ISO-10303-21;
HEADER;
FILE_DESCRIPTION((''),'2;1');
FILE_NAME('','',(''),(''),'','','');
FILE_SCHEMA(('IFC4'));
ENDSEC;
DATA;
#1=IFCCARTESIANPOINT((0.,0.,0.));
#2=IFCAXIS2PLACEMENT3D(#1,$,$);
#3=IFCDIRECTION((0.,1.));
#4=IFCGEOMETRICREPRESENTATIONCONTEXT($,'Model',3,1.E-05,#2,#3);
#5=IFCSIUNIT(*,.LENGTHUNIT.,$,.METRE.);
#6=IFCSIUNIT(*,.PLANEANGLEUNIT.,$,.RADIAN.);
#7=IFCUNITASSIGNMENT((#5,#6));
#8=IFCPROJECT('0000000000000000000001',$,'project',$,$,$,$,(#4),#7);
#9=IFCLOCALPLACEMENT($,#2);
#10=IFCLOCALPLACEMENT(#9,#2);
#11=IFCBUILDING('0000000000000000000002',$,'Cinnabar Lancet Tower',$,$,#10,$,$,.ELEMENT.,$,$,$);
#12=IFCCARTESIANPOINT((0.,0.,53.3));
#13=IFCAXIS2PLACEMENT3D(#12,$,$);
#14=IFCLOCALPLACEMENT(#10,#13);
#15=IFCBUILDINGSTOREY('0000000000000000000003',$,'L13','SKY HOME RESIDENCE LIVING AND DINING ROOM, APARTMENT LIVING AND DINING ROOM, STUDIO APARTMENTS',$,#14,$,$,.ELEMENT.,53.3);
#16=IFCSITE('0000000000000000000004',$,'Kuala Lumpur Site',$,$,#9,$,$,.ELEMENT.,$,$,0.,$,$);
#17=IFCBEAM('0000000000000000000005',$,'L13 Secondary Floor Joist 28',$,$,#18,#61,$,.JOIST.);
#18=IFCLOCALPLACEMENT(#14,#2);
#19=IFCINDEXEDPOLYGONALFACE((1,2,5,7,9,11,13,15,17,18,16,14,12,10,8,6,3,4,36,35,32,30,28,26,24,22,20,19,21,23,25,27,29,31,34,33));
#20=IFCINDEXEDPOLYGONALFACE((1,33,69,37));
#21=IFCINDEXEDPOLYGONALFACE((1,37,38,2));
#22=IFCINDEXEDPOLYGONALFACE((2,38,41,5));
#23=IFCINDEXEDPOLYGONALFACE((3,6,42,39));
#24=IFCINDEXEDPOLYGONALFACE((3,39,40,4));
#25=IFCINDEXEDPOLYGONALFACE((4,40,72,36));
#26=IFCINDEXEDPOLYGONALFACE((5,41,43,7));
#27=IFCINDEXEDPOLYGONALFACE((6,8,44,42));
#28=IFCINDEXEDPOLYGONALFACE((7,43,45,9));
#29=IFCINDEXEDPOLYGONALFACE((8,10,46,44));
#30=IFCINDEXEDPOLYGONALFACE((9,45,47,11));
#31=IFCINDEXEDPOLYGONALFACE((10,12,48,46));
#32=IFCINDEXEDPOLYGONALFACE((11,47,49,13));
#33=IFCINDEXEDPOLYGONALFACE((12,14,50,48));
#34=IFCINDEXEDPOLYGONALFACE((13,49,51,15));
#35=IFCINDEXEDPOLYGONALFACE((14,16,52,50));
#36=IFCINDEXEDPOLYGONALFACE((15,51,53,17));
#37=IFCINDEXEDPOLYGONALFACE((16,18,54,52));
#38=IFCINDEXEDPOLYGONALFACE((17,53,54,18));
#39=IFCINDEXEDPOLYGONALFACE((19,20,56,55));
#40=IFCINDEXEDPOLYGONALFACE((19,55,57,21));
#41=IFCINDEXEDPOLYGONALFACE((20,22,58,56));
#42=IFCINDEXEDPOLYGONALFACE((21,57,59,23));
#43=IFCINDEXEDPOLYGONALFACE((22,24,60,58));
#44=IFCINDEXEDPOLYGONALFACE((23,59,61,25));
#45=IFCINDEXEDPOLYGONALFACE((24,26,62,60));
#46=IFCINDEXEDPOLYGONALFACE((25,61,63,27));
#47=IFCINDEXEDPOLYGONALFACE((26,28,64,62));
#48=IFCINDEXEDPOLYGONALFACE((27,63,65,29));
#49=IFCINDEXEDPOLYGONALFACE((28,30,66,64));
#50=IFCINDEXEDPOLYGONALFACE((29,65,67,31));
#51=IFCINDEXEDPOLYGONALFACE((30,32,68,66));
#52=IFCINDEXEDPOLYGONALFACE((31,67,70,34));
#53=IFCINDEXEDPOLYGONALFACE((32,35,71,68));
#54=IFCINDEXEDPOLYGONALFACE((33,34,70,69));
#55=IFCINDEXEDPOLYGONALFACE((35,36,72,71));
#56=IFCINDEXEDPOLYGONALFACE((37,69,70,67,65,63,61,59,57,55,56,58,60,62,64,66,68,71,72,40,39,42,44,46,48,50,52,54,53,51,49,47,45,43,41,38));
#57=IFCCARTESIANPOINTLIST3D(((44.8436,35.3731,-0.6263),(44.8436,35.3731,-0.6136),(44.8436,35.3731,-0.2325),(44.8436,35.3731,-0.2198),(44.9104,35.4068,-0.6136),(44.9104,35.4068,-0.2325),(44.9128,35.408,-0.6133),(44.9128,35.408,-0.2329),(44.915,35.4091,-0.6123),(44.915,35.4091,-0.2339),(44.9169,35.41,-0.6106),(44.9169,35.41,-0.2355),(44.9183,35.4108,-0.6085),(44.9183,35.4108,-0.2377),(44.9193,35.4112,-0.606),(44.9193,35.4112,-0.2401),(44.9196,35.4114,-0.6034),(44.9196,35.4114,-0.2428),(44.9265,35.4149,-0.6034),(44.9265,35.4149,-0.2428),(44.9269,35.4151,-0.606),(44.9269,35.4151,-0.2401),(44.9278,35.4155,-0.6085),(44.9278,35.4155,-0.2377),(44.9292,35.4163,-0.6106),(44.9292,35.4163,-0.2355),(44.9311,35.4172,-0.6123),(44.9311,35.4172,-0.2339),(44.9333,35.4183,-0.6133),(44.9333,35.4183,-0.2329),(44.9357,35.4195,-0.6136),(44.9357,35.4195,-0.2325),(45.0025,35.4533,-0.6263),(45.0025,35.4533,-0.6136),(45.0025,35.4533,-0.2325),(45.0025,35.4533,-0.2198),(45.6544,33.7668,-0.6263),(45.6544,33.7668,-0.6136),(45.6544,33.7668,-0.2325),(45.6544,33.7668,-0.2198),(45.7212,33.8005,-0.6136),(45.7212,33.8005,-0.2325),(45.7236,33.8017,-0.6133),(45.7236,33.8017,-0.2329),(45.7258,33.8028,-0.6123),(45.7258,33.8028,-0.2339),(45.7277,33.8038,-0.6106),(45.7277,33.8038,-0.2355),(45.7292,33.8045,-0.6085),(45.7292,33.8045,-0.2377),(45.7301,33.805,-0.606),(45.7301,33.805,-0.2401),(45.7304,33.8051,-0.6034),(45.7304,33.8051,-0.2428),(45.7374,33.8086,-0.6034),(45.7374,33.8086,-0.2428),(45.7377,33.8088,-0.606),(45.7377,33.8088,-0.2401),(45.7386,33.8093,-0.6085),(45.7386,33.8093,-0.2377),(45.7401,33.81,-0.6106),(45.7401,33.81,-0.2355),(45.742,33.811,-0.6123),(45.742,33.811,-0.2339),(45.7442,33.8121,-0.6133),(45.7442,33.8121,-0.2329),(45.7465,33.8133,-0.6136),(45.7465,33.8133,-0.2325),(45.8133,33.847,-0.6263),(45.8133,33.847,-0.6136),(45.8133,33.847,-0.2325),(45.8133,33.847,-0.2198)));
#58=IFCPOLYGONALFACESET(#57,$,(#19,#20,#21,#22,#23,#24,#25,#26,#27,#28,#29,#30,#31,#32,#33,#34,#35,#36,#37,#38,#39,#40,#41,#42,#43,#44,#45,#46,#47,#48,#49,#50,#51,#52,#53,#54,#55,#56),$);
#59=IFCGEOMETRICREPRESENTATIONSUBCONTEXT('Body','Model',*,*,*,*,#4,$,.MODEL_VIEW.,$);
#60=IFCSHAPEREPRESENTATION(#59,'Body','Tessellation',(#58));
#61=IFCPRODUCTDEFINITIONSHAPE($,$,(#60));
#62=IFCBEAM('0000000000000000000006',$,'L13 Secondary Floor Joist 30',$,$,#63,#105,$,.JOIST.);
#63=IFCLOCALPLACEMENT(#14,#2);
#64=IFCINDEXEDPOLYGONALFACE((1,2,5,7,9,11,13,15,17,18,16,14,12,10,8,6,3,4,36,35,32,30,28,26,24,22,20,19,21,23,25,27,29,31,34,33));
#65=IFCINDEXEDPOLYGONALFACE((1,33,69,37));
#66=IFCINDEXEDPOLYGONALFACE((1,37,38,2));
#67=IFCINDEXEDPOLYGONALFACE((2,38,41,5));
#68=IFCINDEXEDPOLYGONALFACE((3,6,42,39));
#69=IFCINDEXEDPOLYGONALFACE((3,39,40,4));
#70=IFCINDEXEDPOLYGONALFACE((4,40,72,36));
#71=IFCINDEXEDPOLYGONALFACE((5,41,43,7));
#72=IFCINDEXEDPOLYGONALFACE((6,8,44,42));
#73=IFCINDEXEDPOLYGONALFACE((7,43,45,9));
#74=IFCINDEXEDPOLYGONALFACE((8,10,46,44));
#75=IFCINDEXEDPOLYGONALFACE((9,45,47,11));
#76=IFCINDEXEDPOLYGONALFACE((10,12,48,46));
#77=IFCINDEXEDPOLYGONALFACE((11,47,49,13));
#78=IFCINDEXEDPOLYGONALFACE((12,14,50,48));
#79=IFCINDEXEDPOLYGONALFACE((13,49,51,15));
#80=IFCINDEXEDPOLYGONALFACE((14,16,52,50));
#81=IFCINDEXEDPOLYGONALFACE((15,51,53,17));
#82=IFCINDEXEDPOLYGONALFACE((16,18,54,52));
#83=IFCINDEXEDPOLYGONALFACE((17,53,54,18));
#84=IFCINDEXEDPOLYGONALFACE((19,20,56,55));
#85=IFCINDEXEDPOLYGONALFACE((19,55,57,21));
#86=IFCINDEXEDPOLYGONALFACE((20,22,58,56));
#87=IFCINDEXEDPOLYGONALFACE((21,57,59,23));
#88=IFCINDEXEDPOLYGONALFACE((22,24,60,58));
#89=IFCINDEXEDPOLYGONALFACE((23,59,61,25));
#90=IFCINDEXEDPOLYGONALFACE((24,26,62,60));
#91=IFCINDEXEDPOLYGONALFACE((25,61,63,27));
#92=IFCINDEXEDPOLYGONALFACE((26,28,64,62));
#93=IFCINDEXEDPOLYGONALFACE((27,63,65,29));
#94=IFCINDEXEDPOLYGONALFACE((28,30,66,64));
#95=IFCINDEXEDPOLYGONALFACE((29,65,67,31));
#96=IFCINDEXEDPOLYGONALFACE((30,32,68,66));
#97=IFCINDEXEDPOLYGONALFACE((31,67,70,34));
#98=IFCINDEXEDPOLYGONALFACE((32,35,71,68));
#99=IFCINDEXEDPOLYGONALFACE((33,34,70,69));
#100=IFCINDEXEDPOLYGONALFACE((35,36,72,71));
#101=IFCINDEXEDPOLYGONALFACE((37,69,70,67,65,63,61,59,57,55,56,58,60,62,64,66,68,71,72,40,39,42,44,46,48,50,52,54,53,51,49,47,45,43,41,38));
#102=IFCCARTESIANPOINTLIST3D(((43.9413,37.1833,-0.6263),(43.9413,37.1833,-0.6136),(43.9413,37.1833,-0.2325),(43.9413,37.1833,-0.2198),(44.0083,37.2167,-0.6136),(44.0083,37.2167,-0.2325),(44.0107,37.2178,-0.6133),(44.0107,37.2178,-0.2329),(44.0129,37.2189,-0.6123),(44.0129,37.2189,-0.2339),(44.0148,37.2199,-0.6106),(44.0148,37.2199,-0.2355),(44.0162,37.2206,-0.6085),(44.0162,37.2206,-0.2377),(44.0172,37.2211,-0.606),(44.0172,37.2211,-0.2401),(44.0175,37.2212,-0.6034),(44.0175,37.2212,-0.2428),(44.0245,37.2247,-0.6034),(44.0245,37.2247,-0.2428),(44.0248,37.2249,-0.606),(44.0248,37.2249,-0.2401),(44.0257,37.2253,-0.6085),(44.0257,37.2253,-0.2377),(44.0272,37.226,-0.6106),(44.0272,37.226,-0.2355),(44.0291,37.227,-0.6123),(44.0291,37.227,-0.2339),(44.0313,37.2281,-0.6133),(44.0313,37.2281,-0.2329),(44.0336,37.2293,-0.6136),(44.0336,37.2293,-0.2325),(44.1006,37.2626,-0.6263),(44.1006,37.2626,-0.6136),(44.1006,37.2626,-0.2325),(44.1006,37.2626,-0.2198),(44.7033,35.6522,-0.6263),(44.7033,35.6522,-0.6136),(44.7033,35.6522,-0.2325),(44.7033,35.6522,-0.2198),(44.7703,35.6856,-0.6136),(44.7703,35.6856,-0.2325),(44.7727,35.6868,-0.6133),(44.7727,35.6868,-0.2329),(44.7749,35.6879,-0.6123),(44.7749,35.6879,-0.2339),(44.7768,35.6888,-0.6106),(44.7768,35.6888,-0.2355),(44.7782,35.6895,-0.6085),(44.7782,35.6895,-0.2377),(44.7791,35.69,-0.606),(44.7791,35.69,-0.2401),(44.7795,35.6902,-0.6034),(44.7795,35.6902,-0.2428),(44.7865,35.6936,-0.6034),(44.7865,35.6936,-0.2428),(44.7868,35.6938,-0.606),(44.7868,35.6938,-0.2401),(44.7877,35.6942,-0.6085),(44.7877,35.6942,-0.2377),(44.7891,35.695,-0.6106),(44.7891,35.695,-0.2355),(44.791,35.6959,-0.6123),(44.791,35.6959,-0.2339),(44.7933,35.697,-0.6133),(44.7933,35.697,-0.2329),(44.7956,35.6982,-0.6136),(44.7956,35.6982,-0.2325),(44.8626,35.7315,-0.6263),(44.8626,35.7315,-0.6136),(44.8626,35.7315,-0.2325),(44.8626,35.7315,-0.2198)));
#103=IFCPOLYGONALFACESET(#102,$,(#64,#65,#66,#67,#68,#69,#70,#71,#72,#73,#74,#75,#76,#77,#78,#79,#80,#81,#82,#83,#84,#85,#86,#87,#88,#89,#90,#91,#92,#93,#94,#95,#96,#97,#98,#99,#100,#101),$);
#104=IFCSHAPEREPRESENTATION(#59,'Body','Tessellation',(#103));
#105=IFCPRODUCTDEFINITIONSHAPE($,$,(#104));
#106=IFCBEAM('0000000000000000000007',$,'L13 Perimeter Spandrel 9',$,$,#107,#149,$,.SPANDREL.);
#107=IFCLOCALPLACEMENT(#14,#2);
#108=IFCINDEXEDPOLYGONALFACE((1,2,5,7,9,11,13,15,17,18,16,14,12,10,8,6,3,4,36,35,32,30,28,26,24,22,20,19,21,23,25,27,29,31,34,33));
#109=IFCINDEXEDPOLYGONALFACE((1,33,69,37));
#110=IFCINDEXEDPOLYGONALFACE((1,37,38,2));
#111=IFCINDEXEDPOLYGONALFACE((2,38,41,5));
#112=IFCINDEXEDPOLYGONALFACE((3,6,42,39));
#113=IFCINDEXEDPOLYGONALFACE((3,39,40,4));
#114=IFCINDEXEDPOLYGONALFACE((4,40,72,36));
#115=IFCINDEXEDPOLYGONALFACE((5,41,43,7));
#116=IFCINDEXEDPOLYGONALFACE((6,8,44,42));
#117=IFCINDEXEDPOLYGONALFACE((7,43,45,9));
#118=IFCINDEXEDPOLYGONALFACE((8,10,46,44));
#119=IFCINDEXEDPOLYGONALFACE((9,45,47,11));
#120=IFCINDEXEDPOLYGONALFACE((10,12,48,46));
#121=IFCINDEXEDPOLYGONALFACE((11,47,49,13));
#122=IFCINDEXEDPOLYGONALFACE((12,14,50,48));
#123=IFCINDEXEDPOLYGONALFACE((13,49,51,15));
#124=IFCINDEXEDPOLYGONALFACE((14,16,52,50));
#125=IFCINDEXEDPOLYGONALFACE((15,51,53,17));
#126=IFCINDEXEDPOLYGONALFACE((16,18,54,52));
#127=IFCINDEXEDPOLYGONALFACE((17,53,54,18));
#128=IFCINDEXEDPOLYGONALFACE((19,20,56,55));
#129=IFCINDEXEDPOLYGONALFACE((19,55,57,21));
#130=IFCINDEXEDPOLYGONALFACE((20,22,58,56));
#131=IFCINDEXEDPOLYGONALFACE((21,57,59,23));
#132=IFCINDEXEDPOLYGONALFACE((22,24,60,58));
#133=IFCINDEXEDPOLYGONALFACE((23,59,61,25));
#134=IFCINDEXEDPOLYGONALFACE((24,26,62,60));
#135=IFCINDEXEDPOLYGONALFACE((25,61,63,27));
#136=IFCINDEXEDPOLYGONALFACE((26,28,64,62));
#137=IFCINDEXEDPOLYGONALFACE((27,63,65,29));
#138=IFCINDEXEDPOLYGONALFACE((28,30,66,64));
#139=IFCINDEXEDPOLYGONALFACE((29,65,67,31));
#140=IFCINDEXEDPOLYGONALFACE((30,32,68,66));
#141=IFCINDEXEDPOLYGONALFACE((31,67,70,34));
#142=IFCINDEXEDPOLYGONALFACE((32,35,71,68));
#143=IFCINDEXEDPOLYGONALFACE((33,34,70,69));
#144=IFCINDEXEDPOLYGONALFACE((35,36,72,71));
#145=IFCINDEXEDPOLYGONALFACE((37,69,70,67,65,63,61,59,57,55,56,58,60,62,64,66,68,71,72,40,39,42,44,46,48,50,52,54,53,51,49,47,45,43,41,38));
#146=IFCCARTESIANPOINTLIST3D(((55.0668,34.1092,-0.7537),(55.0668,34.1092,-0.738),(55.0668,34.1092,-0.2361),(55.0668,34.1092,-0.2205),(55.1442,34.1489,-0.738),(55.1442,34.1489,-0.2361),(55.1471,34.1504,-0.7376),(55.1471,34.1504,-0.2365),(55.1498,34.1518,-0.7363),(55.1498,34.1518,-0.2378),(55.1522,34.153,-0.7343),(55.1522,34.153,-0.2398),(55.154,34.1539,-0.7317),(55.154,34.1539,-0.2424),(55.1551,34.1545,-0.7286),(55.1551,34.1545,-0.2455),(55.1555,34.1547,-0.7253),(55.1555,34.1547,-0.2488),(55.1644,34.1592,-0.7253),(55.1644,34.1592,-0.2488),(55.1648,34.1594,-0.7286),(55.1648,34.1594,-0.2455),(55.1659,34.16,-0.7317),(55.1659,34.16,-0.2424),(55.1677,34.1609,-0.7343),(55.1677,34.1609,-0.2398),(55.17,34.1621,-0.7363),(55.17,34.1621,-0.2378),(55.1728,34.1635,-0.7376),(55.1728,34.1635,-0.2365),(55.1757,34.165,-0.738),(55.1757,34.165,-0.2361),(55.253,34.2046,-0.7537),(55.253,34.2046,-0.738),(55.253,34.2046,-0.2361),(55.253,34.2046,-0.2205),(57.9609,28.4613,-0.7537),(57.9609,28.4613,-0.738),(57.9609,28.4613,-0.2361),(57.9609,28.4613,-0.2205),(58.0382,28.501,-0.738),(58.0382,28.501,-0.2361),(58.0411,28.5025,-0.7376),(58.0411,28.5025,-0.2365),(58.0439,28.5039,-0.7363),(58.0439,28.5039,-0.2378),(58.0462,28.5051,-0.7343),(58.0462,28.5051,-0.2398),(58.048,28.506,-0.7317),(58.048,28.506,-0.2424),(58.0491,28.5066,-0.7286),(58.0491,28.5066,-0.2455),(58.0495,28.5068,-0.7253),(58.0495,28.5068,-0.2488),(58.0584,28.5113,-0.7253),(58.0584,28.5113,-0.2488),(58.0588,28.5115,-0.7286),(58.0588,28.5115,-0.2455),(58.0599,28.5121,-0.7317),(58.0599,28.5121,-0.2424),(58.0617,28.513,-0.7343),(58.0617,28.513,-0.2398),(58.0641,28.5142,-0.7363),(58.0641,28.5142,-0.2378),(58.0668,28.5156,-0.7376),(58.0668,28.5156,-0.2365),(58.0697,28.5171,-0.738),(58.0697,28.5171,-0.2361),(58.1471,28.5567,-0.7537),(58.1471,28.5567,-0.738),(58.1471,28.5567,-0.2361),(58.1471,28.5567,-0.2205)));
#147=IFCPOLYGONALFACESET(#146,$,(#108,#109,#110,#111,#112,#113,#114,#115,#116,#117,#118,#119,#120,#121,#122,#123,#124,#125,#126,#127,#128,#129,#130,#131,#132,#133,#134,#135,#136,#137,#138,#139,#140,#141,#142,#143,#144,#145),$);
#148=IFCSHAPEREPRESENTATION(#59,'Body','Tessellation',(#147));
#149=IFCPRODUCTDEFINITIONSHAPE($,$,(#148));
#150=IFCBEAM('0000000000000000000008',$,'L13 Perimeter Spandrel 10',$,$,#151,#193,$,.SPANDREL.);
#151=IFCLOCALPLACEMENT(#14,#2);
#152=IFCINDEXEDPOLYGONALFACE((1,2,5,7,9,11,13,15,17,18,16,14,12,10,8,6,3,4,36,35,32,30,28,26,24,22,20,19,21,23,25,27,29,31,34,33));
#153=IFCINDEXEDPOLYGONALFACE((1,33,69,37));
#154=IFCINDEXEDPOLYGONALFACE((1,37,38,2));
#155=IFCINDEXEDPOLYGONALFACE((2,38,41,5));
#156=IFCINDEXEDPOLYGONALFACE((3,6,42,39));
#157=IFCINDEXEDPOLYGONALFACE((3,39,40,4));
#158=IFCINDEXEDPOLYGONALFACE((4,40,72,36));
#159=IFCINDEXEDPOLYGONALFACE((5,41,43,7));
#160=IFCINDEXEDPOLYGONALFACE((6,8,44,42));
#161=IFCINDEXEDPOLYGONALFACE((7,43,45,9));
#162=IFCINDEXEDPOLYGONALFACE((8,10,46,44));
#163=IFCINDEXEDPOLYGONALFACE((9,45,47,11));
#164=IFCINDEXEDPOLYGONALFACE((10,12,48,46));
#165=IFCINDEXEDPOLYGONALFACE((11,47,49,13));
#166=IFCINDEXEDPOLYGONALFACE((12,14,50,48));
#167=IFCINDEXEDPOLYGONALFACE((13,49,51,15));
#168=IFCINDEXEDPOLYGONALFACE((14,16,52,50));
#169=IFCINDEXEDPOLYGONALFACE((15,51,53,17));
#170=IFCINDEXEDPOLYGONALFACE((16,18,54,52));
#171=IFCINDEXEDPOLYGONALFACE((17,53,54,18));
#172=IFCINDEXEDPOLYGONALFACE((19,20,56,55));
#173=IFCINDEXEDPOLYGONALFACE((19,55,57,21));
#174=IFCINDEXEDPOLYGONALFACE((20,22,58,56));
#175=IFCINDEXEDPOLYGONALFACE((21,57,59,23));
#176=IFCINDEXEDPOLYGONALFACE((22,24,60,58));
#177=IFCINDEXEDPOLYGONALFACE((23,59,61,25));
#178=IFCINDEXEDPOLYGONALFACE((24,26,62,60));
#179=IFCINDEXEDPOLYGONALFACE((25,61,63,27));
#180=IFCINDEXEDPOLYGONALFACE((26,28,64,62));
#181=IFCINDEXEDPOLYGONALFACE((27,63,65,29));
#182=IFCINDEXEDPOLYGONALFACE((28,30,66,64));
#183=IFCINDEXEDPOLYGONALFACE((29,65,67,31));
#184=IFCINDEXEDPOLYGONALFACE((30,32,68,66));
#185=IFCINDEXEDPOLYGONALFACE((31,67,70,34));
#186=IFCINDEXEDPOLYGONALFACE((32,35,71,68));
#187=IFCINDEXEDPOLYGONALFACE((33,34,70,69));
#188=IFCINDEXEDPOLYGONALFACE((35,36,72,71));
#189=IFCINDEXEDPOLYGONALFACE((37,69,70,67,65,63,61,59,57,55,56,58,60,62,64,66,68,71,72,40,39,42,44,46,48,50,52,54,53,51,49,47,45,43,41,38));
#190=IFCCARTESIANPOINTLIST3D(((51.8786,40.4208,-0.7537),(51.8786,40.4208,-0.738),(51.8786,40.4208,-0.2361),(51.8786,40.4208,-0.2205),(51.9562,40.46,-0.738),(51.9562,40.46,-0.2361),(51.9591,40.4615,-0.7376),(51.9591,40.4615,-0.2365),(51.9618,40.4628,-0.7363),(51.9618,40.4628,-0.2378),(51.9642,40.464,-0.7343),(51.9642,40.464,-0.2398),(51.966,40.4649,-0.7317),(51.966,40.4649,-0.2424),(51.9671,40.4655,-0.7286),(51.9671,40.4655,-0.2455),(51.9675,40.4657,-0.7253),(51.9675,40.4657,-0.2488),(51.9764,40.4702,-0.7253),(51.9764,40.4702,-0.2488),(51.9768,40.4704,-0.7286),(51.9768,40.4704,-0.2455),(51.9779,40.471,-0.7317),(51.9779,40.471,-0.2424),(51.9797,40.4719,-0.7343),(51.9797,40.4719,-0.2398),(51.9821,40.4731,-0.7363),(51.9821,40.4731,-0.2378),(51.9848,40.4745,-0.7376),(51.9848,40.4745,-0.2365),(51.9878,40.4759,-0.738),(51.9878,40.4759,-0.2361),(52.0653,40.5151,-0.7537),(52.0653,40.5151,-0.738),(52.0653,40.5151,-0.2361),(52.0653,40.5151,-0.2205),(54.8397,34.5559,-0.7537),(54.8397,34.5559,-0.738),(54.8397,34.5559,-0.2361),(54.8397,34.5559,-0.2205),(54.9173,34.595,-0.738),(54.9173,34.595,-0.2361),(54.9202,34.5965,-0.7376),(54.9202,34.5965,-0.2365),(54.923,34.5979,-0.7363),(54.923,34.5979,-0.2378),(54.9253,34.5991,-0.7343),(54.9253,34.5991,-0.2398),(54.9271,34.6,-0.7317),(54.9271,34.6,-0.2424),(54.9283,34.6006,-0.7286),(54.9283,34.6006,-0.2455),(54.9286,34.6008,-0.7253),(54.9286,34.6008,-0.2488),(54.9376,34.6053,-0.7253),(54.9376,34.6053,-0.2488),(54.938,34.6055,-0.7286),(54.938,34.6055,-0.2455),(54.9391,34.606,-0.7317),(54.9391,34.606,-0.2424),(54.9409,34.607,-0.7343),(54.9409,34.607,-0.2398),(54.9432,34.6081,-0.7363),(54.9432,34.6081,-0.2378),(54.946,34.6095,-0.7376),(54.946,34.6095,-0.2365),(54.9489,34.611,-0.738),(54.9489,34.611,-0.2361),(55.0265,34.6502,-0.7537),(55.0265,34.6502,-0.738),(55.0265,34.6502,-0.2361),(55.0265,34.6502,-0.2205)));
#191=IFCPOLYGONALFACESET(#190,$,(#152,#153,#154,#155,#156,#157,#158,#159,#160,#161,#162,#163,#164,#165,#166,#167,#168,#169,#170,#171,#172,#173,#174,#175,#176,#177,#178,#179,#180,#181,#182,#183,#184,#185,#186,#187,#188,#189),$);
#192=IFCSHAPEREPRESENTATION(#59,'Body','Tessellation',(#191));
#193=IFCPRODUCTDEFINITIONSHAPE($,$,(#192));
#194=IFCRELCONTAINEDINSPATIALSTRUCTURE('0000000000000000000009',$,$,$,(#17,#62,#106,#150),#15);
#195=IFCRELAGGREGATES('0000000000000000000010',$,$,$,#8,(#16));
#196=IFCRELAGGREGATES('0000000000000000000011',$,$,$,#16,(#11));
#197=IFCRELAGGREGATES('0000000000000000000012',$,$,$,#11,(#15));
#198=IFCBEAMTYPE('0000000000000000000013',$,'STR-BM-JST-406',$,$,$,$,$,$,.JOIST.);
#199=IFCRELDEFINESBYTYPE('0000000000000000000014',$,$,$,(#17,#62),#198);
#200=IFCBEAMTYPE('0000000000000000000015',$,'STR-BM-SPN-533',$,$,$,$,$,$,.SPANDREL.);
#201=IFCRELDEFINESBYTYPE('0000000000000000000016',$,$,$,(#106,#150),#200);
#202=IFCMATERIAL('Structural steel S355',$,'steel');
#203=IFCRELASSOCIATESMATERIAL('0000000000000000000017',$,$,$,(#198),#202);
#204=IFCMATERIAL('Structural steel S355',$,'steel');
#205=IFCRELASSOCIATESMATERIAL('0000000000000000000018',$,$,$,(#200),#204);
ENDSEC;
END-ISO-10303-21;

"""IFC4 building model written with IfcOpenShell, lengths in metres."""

from ifc_helpers import new_model, si_unit, direction, frame, origin, origin_2d, place, context, subcontext, project, spatial, i_section, extrude, material, material_profile, profile_set, type_object, element, save


model = new_model("IFC4")

# Units and contexts
model_context = context("Model", 3, precision=1e-05, world=origin(), true_north=direction((0.0, 1.0)))
body_context = subcontext(model_context, "Body", "Model", "MODEL_VIEW")
ifc_project = project(units=[si_unit("LENGTHUNIT", "METRE"), si_unit("PLANEANGLEUNIT", "RADIAN")], contexts=[model_context])

# Site, building, storey
site_placement = place(None, origin())
site = spatial("IfcSite", under=ifc_project, at=site_placement, Name="Kuala Lumpur Site", CompositionType="ELEMENT", RefElevation=0.0)
building_placement = place(site_placement, origin())
building = spatial("IfcBuilding", under=site, at=building_placement, Name="Cinnabar Lancet Tower", CompositionType="ELEMENT")
storey_placement = place(building_placement, frame((0.0, 0.0, 53.3)))
storey = spatial("IfcBuildingStorey", under=building, at=storey_placement, Name="L13", Description="SKY HOME RESIDENCE LIVING AND DINING ROOM, APARTMENT LIVING AND DINING ROOM, STUDIO APARTMENTS", CompositionType="ELEMENT", Elevation=53.3)

# Beams
ifc_material_1 = material(Name="Structural steel S355", Category="steel")
ifc_material_profile_1 = material_profile(ifc_material_1, i_section(OverallWidth=0.178, OverallDepth=0.4065, WebThickness=0.0078, FlangeThickness=0.0127, FilletRadius=0.0103, at=origin_2d()), Name="UKB 406x178x60")
ifc_profile_set_1 = profile_set([ifc_material_profile_1], Name="Structural steel S355")
beam_type_1 = type_object("IfcBeamType", Name="STR-BM-JST-406", PredefinedType="JOIST", material=ifc_profile_set_1)
beam_1_placement = place(storey_placement, frame((45.7339, 33.8069, -0.4231), z_axis=(-0.45063, 0.892711, 0.0), x_axis=(-0.892711, -0.45063, 0.0)))
element("IfcBeam", 1, at=beam_1_placement, inside=storey, type_object=beam_type_1, Name="L13 Secondary Floor Joist 28", PredefinedType="JOIST", context=body_context, shape_type="SweptSolid", body=[
    extrude(i_section(OverallWidth=0.178, OverallDepth=0.4065, WebThickness=0.0078, FlangeThickness=0.0127, FilletRadius=0.0103, at=origin_2d()), origin(), (0.0, 0.0, 1.0), 1.7993),
])
beam_2_placement = place(storey_placement, frame((44.783, 35.6919, -0.4231), z_axis=(-0.445557, 0.895254, 0.0), x_axis=(-0.895254, -0.445557, 0.0)))
element("IfcBeam", 2, at=beam_2_placement, inside=storey, type_object=beam_type_1, Name="L13 Secondary Floor Joist 30", PredefinedType="JOIST", context=body_context, shape_type="SweptSolid", body=[
    extrude(i_section(OverallWidth=0.178, OverallDepth=0.4065, WebThickness=0.0078, FlangeThickness=0.0127, FilletRadius=0.0103, at=origin_2d()), origin(), (0.0, 0.0, 1.0), 1.7102),
])
ifc_material_2 = material(Name="Structural steel S355", Category="steel")
ifc_material_profile_2 = material_profile(ifc_material_2, i_section(OverallWidth=0.2092, OverallDepth=0.5332, WebThickness=0.01, FlangeThickness=0.0156, FilletRadius=0.0127, at=origin_2d()), Name="UKB 533x210x92")
ifc_profile_set_2 = profile_set([ifc_material_profile_2], Name="Structural steel S355")
beam_type_2 = type_object("IfcBeamType", Name="STR-BM-SPN-533", PredefinedType="SPANDREL", material=ifc_profile_set_2)
beam_3_placement = place(storey_placement, frame((58.054, 28.509, -0.4871), z_axis=(-0.456025, 0.889967, 0.0), x_axis=(-0.889967, -0.456025, 0.0)))
element("IfcBeam", 3, at=beam_3_placement, inside=storey, type_object=beam_type_2, Name="L13 Perimeter Spandrel 9", PredefinedType="SPANDREL", context=body_context, shape_type="SweptSolid", body=[
    extrude(i_section(OverallWidth=0.2092, OverallDepth=0.5332, WebThickness=0.01, FlangeThickness=0.0156, FilletRadius=0.0127, at=origin_2d()), origin(), (0.0, 0.0, 1.0), 6.3462),
])
beam_4_placement = place(storey_placement, frame((54.9331, 34.603, -0.4871), z_axis=(-0.450703, 0.892674, 0.0), x_axis=(-0.892674, -0.450703, 0.0)))
element("IfcBeam", 4, at=beam_4_placement, inside=storey, type_object=beam_type_2, Name="L13 Perimeter Spandrel 10", PredefinedType="SPANDREL", context=body_context, shape_type="SweptSolid", body=[
    extrude(i_section(OverallWidth=0.2092, OverallDepth=0.5332, WebThickness=0.01, FlangeThickness=0.0156, FilletRadius=0.0127, at=origin_2d()), origin(), (0.0, 0.0, 1.0), 6.5701),
])

save(model, "model.ifc")
